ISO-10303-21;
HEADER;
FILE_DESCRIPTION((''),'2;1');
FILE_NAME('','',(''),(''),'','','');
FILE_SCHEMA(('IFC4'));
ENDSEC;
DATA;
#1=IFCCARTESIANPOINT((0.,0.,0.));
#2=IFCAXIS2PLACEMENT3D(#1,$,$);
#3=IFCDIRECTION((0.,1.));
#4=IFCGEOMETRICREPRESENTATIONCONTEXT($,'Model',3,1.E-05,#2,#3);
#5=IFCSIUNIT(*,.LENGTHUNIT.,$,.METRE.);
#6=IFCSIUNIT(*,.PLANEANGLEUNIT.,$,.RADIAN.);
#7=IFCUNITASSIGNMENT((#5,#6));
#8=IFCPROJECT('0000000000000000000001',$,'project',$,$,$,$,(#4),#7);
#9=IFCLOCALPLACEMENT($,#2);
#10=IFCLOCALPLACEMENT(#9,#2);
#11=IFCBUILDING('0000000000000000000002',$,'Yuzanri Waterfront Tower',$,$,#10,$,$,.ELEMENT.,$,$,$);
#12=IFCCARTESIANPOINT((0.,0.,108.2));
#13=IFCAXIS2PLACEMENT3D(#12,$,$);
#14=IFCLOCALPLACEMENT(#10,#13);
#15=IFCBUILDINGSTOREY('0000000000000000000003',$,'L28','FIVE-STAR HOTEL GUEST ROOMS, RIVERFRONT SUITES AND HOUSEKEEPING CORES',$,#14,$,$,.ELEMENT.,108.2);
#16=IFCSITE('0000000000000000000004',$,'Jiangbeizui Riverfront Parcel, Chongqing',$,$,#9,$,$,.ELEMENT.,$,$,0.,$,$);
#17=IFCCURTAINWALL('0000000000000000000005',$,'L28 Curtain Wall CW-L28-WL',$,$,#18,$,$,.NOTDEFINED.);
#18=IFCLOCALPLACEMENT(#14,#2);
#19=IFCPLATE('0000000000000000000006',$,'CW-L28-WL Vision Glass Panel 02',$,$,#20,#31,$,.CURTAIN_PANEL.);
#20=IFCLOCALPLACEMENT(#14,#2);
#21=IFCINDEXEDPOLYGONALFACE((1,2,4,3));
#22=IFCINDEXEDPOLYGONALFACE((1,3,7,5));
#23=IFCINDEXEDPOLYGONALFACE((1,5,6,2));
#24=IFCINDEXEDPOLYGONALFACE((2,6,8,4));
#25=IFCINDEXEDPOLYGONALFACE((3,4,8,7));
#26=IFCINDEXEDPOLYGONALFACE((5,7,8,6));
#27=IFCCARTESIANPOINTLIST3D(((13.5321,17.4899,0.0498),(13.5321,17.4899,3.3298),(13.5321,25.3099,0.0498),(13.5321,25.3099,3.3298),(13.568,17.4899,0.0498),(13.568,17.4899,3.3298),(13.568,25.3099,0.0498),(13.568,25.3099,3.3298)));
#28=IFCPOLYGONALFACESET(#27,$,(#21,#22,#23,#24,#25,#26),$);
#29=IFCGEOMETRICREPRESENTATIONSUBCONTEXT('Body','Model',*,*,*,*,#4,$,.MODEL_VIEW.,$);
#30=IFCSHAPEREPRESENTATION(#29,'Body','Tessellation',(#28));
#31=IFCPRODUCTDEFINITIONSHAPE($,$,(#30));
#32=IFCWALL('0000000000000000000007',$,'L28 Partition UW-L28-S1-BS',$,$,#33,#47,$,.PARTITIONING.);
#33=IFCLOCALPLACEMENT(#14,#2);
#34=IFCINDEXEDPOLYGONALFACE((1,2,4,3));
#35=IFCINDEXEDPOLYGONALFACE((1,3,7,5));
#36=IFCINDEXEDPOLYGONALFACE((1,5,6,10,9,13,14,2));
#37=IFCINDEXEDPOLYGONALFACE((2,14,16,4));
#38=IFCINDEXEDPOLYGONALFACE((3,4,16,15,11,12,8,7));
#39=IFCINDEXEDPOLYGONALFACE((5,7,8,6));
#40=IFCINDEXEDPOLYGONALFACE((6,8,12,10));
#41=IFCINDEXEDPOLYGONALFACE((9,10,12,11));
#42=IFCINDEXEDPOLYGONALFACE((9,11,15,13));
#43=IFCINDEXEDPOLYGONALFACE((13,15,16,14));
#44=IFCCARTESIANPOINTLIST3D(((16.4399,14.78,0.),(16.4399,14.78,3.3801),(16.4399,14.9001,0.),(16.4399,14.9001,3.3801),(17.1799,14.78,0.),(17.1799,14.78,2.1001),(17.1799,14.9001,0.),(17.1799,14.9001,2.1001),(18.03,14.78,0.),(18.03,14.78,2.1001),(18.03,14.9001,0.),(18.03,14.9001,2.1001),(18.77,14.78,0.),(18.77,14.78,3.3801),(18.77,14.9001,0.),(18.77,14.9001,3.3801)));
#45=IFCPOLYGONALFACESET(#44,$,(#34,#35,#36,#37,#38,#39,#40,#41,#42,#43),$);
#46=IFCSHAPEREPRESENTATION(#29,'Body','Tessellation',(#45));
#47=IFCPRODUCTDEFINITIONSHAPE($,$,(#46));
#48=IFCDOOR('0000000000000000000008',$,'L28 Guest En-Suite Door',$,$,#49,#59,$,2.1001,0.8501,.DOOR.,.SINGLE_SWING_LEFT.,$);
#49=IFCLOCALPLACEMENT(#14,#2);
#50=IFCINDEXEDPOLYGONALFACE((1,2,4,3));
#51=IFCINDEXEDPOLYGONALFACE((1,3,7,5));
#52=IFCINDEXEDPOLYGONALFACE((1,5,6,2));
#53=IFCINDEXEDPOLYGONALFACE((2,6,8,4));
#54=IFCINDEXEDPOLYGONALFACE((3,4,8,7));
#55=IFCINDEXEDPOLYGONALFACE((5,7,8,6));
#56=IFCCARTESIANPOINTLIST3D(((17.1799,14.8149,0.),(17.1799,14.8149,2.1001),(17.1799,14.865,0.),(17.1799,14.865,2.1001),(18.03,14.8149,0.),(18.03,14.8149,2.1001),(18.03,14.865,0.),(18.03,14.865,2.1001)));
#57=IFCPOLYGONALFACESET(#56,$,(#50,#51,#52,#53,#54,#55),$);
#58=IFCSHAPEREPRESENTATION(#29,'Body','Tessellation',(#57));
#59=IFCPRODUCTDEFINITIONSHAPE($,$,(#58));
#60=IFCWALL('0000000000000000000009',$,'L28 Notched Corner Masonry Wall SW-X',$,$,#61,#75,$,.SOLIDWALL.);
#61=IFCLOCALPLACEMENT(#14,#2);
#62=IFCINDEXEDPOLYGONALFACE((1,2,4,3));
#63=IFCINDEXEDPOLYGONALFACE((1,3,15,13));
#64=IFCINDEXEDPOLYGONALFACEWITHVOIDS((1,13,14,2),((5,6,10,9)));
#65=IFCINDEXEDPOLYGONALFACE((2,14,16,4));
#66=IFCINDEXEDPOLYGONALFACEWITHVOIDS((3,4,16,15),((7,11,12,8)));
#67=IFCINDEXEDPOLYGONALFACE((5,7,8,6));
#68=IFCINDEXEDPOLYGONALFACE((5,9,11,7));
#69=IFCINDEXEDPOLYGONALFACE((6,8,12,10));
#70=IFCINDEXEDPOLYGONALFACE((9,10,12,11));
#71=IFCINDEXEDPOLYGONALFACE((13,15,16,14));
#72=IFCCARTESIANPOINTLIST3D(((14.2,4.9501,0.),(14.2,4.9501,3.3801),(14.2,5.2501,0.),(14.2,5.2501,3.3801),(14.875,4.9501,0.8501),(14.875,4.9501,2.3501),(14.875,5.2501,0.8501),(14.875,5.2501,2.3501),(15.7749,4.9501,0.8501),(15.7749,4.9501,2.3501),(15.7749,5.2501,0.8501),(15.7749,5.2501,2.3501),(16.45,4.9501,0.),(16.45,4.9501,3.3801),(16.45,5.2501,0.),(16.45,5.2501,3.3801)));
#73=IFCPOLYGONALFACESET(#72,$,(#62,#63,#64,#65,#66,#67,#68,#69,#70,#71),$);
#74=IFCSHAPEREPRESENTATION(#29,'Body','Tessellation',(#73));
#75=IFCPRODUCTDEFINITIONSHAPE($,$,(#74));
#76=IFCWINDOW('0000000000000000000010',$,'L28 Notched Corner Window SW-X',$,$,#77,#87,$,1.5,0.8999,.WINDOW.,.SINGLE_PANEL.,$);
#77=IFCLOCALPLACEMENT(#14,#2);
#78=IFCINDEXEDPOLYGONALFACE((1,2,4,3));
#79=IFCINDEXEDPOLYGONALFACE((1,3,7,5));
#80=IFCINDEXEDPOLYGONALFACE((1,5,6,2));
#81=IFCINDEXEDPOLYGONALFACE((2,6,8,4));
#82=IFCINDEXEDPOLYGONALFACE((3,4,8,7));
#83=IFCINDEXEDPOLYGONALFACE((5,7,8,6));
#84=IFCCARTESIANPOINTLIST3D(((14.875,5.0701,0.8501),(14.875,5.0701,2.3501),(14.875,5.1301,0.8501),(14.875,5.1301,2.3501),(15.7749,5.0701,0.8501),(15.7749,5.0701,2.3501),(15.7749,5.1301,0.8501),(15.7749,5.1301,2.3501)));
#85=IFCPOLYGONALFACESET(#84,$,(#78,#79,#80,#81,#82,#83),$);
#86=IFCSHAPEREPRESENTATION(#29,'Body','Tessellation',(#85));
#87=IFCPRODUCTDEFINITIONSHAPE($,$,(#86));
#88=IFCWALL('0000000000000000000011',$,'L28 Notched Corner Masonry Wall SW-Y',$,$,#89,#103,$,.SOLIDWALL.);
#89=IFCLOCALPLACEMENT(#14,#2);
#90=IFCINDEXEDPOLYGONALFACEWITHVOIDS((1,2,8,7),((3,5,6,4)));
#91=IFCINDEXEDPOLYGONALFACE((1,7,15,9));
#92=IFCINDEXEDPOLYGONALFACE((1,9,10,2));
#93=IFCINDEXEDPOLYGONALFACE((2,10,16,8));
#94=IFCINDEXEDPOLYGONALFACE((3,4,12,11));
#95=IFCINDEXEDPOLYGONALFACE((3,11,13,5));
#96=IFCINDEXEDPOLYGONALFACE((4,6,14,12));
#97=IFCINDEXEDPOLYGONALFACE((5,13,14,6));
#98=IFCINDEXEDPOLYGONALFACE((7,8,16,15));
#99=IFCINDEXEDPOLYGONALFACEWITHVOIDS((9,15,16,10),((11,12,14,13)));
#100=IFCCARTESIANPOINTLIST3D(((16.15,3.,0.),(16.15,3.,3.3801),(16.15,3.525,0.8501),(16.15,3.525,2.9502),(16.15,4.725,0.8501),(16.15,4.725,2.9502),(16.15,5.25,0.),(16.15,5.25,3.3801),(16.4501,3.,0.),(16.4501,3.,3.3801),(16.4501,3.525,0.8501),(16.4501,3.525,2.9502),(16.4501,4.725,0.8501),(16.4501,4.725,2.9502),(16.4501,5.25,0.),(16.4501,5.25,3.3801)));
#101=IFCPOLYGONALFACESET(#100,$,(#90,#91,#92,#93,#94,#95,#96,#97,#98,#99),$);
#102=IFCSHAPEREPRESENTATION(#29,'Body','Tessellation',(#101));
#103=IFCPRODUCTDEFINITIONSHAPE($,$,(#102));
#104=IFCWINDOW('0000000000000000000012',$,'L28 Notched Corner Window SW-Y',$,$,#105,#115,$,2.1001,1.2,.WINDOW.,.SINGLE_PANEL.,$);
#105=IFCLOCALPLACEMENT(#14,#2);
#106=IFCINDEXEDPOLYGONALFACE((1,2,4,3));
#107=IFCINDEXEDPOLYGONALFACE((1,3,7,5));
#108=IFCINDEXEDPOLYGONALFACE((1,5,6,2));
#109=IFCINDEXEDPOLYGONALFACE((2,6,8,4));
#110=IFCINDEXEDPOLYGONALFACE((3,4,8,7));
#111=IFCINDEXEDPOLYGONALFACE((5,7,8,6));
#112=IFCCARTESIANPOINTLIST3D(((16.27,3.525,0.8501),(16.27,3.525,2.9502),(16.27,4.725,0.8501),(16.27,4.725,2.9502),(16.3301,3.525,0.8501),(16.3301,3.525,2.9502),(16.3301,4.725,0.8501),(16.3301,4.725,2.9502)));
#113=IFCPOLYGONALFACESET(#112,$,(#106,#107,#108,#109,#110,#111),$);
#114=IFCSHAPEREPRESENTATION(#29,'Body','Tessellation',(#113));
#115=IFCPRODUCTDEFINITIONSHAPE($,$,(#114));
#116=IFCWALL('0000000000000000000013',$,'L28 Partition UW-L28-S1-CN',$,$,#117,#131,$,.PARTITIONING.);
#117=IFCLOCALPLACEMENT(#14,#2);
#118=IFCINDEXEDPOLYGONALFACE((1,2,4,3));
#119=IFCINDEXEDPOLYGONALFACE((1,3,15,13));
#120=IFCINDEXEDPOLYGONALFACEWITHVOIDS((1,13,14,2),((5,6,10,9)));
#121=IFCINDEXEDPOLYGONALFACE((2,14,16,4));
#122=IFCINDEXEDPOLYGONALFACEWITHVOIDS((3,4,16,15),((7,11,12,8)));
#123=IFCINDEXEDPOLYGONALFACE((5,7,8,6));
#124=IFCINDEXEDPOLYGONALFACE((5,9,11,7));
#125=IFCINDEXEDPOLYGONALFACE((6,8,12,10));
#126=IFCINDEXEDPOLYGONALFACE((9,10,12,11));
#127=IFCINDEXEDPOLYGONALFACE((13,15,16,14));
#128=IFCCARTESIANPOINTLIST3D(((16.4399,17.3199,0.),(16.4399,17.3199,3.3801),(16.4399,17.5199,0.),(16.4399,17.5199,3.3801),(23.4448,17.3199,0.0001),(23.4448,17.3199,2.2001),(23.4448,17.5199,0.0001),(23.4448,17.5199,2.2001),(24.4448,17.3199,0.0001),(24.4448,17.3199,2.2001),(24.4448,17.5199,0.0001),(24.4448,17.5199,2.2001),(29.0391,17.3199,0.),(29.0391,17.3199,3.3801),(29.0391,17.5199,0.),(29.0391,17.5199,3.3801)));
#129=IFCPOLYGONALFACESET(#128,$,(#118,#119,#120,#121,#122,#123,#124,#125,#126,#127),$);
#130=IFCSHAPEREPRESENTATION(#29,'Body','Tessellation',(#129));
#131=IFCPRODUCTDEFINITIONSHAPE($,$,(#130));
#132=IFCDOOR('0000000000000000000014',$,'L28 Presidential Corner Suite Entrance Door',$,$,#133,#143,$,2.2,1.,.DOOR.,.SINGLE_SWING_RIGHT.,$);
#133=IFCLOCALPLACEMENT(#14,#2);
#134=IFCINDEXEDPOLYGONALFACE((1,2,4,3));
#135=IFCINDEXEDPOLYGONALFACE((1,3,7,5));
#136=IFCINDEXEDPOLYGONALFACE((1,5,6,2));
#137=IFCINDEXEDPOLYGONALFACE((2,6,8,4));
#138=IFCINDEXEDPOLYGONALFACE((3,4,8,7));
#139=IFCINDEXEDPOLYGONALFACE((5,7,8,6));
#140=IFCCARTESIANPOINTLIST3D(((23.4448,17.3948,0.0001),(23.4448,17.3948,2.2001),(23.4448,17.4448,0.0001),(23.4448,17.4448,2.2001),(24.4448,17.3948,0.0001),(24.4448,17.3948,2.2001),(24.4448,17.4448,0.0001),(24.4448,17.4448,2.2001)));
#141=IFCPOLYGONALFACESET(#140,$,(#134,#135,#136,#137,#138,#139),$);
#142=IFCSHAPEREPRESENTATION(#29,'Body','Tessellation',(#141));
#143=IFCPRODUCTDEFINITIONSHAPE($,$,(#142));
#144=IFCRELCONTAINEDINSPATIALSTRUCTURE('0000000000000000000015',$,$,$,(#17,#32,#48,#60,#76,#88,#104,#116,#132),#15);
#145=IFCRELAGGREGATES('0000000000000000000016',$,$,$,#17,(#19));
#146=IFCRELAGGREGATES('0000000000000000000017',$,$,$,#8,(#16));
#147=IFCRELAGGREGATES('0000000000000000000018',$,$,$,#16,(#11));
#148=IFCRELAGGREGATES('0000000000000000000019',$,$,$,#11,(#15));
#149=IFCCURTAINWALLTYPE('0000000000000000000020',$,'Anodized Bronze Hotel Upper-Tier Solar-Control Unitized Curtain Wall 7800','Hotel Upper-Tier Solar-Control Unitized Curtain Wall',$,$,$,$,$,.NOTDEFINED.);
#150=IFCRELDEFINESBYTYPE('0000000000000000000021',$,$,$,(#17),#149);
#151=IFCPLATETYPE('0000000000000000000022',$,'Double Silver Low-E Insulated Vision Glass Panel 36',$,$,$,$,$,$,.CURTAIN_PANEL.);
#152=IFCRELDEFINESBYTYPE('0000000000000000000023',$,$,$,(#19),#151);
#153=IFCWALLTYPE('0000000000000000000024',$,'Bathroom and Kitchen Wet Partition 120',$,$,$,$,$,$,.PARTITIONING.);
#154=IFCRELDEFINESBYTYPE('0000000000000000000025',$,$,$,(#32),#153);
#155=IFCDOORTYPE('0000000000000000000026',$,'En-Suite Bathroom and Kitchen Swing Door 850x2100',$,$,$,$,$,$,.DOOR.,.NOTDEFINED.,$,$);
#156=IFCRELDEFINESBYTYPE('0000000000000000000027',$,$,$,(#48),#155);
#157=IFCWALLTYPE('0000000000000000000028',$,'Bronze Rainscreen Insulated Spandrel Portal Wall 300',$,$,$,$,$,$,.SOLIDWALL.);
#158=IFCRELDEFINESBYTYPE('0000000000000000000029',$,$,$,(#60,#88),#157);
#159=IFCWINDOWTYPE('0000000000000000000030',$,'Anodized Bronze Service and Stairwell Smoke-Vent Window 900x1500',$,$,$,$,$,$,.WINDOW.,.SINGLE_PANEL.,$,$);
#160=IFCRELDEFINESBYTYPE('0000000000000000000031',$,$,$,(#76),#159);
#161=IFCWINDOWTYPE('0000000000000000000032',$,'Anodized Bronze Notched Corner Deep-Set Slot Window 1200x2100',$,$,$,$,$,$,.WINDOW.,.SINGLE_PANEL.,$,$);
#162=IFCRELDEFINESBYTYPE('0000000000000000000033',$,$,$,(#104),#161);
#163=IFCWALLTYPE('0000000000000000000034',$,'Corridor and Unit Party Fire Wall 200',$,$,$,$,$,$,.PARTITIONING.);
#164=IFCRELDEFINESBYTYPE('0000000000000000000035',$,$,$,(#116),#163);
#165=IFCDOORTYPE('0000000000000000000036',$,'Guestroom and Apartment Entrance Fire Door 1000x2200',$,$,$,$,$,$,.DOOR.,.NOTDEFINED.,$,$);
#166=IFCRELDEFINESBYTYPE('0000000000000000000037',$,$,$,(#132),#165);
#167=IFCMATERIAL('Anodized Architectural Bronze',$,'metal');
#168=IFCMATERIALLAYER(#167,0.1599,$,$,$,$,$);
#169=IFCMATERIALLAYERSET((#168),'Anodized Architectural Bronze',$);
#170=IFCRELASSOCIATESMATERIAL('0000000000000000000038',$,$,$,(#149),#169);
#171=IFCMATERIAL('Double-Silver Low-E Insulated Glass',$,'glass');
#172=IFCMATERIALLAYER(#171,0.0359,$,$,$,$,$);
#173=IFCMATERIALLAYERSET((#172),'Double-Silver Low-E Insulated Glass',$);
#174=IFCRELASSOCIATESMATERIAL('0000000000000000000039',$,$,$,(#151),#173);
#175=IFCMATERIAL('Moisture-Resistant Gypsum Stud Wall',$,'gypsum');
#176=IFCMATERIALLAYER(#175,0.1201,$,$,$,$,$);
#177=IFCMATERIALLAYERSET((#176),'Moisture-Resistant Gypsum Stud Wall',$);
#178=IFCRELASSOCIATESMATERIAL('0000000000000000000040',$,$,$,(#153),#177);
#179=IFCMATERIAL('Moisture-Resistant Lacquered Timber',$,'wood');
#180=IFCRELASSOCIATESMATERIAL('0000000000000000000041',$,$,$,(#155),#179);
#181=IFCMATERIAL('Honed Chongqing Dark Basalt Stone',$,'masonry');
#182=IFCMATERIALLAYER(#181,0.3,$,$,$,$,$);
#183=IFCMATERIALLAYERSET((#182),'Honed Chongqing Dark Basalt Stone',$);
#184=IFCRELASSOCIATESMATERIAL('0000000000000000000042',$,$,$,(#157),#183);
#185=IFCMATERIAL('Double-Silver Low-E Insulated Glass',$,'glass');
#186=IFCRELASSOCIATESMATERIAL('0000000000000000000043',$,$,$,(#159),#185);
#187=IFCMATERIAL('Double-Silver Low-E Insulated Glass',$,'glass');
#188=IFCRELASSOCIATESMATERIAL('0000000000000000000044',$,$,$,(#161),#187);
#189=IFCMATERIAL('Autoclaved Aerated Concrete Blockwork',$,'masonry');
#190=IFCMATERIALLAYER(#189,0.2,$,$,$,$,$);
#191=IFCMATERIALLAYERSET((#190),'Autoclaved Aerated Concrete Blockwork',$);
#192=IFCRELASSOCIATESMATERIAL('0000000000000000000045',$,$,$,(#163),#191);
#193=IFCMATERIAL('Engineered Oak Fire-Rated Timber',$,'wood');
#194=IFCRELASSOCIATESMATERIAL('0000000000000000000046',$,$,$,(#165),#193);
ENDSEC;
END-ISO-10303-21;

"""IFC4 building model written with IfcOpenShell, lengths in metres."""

from ifc_helpers import new_model, si_unit, direction, frame, frame_2d, origin, origin_2d, place, context, subcontext, project, spatial, rectangle, extrude, source, transform, mapped, material, layer, layer_set, type_object, element, fill, aggregate, save


model = new_model("IFC4")

# Units and contexts
model_context = context("Model", 3, precision=1e-05, world=origin(), true_north=direction((0.0, 1.0)))
body_context = subcontext(model_context, "Body", "Model", "MODEL_VIEW")
ifc_project = project(units=[si_unit("LENGTHUNIT", "METRE"), si_unit("PLANEANGLEUNIT", "RADIAN")], contexts=[model_context])

# Site, building, storey
site_placement = place(None, origin())
site = spatial("IfcSite", under=ifc_project, at=site_placement, Name="Jiangbeizui Riverfront Parcel, Chongqing", CompositionType="ELEMENT", RefElevation=0.0)
building_placement = place(site_placement, origin())
building = spatial("IfcBuilding", under=site, at=building_placement, Name="Yuzanri Waterfront Tower", CompositionType="ELEMENT")
storey_placement = place(building_placement, frame((0.0, 0.0, 108.2)))
storey = spatial("IfcBuildingStorey", under=building, at=storey_placement, Name="L28", Description="FIVE-STAR HOTEL GUEST ROOMS, RIVERFRONT SUITES AND HOUSEKEEPING CORES", CompositionType="ELEMENT", Elevation=108.2)

# Shared definitions
ifc_material_1 = material(Name="Anodized Architectural Bronze", Category="metal")
ifc_layer_1 = layer(ifc_material_1, 0.1599)
ifc_layer_set_1 = layer_set([ifc_layer_1], Name="Anodized Architectural Bronze")
curtain_wall_type = type_object("IfcCurtainWallType", Name="Anodized Bronze Hotel Upper-Tier Solar-Control Unitized Curtain Wall 7800", Description="Hotel Upper-Tier Solar-Control Unitized Curtain Wall", PredefinedType="NOTDEFINED", material=ifc_layer_set_1)

# Curtain wall, plate
curtain_wall_1_placement = place(storey_placement, origin())
curtain_wall_1 = element("IfcCurtainWall", 1, at=curtain_wall_1_placement, inside=storey, type_object=curtain_wall_type, Name="L28 Curtain Wall CW-L28-WL", PredefinedType="NOTDEFINED")
ifc_material_2 = material(Name="Double-Silver Low-E Insulated Glass", Category="glass")
ifc_layer_2 = layer(ifc_material_2, 0.0359)
ifc_layer_set_2 = layer_set([ifc_layer_2], Name="Double-Silver Low-E Insulated Glass")
plate_type_1 = type_object("IfcPlateType", Name="Double Silver Low-E Insulated Vision Glass Panel 36", PredefinedType="CURTAIN_PANEL", material=ifc_layer_set_2)
shared_shape_1 = source(origin(), body_context, "Body", "SweptSolid", [
    extrude(rectangle(XDim=7.8201, YDim=0.0359, at=origin_2d()), origin(), (0.0, 0.0, 1.0), 3.28),
])
plate_1_placement = place(storey_placement, frame((13.55, 21.3999, 0.0498), z_axis=(0.0, 0.0, 1.0), x_axis=(0.0, 1.0, 0.0)))
plate_1 = element("IfcPlate", 2, at=plate_1_placement, type_object=plate_type_1, Name="CW-L28-WL Vision Glass Panel 02", PredefinedType="CURTAIN_PANEL", context=body_context, shape_type="MappedRepresentation", body=[
    mapped(shared_shape_1, transform((0.0, 0.0, 0.0), scale=1.0)),
])
aggregate(curtain_wall_1, [plate_1])

# Wall, opening, door
ifc_material_3 = material(Name="Moisture-Resistant Gypsum Stud Wall", Category="gypsum")
ifc_layer_3 = layer(ifc_material_3, 0.1201)
ifc_layer_set_3 = layer_set([ifc_layer_3], Name="Moisture-Resistant Gypsum Stud Wall")
wall_type_1 = type_object("IfcWallType", Name="Bathroom and Kitchen Wet Partition 120", PredefinedType="PARTITIONING", material=ifc_layer_set_3)
wall_1_placement = place(storey_placement, frame((16.4399, 14.8401, 0.0), z_axis=(0.0, 0.0, 1.0), x_axis=(1.0, 0.0, 0.0)))
wall_1 = element("IfcWall", 3, at=wall_1_placement, inside=storey, type_object=wall_type_1, Name="L28 Partition UW-L28-S1-BS", PredefinedType="PARTITIONING", context=body_context, shape_type="SweptSolid", body=[
    extrude(rectangle(XDim=2.3301, YDim=0.1201, at=frame_2d((1.165, 0.0))), origin(), (0.0, 0.0, 1.0), 3.3801),
])
opening_1_placement = place(wall_1_placement, frame((0.74, 0.0, 0.0)))
opening_1 = element("IfcOpeningElement", 4, at=opening_1_placement, cuts=wall_1, PredefinedType="OPENING", context=body_context, shape_type="SweptSolid", body=[
    extrude(rectangle(XDim=0.8501, YDim=2.1001, at=frame_2d((0.425, 1.05))), frame((0.0, 0.075, 0.0), z_axis=(0.0, -1.0, 0.0), x_axis=(1.0, 0.0, 0.0)), (0.0, 0.0, 1.0), 0.1499),
])
ifc_material_4 = material(Name="Moisture-Resistant Lacquered Timber", Category="wood")
door_type_1 = type_object("IfcDoorType", Name="En-Suite Bathroom and Kitchen Swing Door 850x2100", OperationType="NOTDEFINED", PredefinedType="DOOR", material=ifc_material_4)
shared_shape_2 = source(origin(), body_context, "Body", "SweptSolid", [
    extrude(rectangle(XDim=0.8501, YDim=2.1001, at=frame_2d((0.425, 1.05))), frame((0.0, 0.0249, 0.0), z_axis=(0.0, -1.0, 0.0), x_axis=(1.0, 0.0, 0.0)), (0.0, 0.0, 1.0), 0.05),
])
door_1_placement = place(opening_1_placement, origin())
door_1 = element("IfcDoor", 5, at=door_1_placement, inside=storey, type_object=door_type_1, Name="L28 Guest En-Suite Door", OperationType="SINGLE_SWING_LEFT", OverallHeight=2.1001, OverallWidth=0.8501, PredefinedType="DOOR", context=body_context, shape_type="MappedRepresentation", body=[
    mapped(shared_shape_2, transform((0.0, 0.0, 0.0), scale=1.0)),
])
fill(opening_1, door_1)

# Walls, openings, windows
ifc_material_5 = material(Name="Honed Chongqing Dark Basalt Stone", Category="masonry")
ifc_layer_4 = layer(ifc_material_5, 0.3)
ifc_layer_set_4 = layer_set([ifc_layer_4], Name="Honed Chongqing Dark Basalt Stone")
wall_type_2 = type_object("IfcWallType", Name="Bronze Rainscreen Insulated Spandrel Portal Wall 300", PredefinedType="SOLIDWALL", material=ifc_layer_set_4)
wall_2_placement = place(storey_placement, frame((14.2, 5.1001, 0.0), z_axis=(0.0, 0.0, 1.0), x_axis=(1.0, 0.0, 0.0)))
wall_2 = element("IfcWall", 6, at=wall_2_placement, inside=storey, type_object=wall_type_2, Name="L28 Notched Corner Masonry Wall SW-X", PredefinedType="SOLIDWALL", context=body_context, shape_type="SweptSolid", body=[
    extrude(rectangle(XDim=2.25, YDim=0.3, at=frame_2d((1.125, 0.0))), origin(), (0.0, 0.0, 1.0), 3.3801),
])
opening_2_placement = place(wall_2_placement, frame((0.675, 0.0, 0.8501)))
opening_2 = element("IfcOpeningElement", 7, at=opening_2_placement, cuts=wall_2, PredefinedType="OPENING", context=body_context, shape_type="SweptSolid", body=[
    extrude(rectangle(XDim=0.8999, YDim=1.5, at=frame_2d((0.45, 0.75))), frame((0.0, 0.165, 0.0), z_axis=(0.0, -1.0, 0.0), x_axis=(1.0, 0.0, 0.0)), (0.0, 0.0, 1.0), 0.3298),
])
ifc_material_6 = material(Name="Double-Silver Low-E Insulated Glass", Category="glass")
window_type_1 = type_object("IfcWindowType", Name="Anodized Bronze Service and Stairwell Smoke-Vent Window 900x1500", PartitioningType="SINGLE_PANEL", PredefinedType="WINDOW", material=ifc_material_6)
shared_shape_3 = source(origin(), body_context, "Body", "SweptSolid", [
    extrude(rectangle(XDim=0.8999, YDim=1.5, at=frame_2d((0.45, 0.75))), frame((0.0, 0.03, 0.0), z_axis=(0.0, -1.0, 0.0), x_axis=(1.0, 0.0, 0.0)), (0.0, 0.0, 1.0), 0.0601),
])
window_1_placement = place(opening_2_placement, origin())
window_1 = element("IfcWindow", 8, at=window_1_placement, inside=storey, type_object=window_type_1, Name="L28 Notched Corner Window SW-X", OverallHeight=1.5, OverallWidth=0.8999, PartitioningType="SINGLE_PANEL", PredefinedType="WINDOW", context=body_context, shape_type="MappedRepresentation", body=[
    mapped(shared_shape_3, transform((0.0, 0.0, 0.0), scale=1.0)),
])
fill(opening_2, window_1)
wall_3_placement = place(storey_placement, frame((16.3, 5.25, 0.0), z_axis=(0.0, 0.0, 1.0), x_axis=(0.0, -1.0, 0.0)))
wall_3 = element("IfcWall", 9, at=wall_3_placement, inside=storey, type_object=wall_type_2, Name="L28 Notched Corner Masonry Wall SW-Y", PredefinedType="SOLIDWALL", context=body_context, shape_type="SweptSolid", body=[
    extrude(rectangle(XDim=2.25, YDim=0.3, at=frame_2d((1.125, 0.0))), origin(), (0.0, 0.0, 1.0), 3.3801),
])
opening_3_placement = place(wall_3_placement, frame((0.5249, 0.0, 0.8501)))
opening_3 = element("IfcOpeningElement", 10, at=opening_3_placement, cuts=wall_3, PredefinedType="OPENING", context=body_context, shape_type="SweptSolid", body=[
    extrude(rectangle(XDim=1.2, YDim=2.1001, at=frame_2d((0.6001, 1.05))), frame((0.0, 0.165, 0.0), z_axis=(0.0, -1.0, 0.0), x_axis=(1.0, 0.0, 0.0)), (0.0, 0.0, 1.0), 0.3298),
])
ifc_material_7 = material(Name="Double-Silver Low-E Insulated Glass", Category="glass")
window_type_2 = type_object("IfcWindowType", Name="Anodized Bronze Notched Corner Deep-Set Slot Window 1200x2100", PartitioningType="SINGLE_PANEL", PredefinedType="WINDOW", material=ifc_material_7)
shared_shape_4 = source(origin(), body_context, "Body", "SweptSolid", [
    extrude(rectangle(XDim=1.2, YDim=2.1001, at=frame_2d((0.6001, 1.05))), frame((0.0, 0.03, 0.0), z_axis=(0.0, -1.0, 0.0), x_axis=(1.0, 0.0, 0.0)), (0.0, 0.0, 1.0), 0.0601),
])
window_2_placement = place(opening_3_placement, origin())
window_2 = element("IfcWindow", 11, at=window_2_placement, inside=storey, type_object=window_type_2, Name="L28 Notched Corner Window SW-Y", OverallHeight=2.1001, OverallWidth=1.2, PartitioningType="SINGLE_PANEL", PredefinedType="WINDOW", context=body_context, shape_type="MappedRepresentation", body=[
    mapped(shared_shape_4, transform((0.0, 0.0, 0.0), scale=1.0)),
])
fill(opening_3, window_2)

# Wall, opening, door
ifc_material_8 = material(Name="Autoclaved Aerated Concrete Blockwork", Category="masonry")
ifc_layer_5 = layer(ifc_material_8, 0.2)
ifc_layer_set_5 = layer_set([ifc_layer_5], Name="Autoclaved Aerated Concrete Blockwork")
wall_type_3 = type_object("IfcWallType", Name="Corridor and Unit Party Fire Wall 200", PredefinedType="PARTITIONING", material=ifc_layer_set_5)
wall_4_placement = place(storey_placement, frame((16.4399, 17.4199, 0.0), z_axis=(0.0, 0.0, 1.0), x_axis=(1.0, 0.0, 0.0)))
wall_4 = element("IfcWall", 12, at=wall_4_placement, inside=storey, type_object=wall_type_3, Name="L28 Partition UW-L28-S1-CN", PredefinedType="PARTITIONING", context=body_context, shape_type="SweptSolid", body=[
    extrude(rectangle(XDim=12.5991, YDim=0.2, at=frame_2d((6.2996, 0.0))), origin(), (0.0, 0.0, 1.0), 3.3801),
])
opening_4_placement = place(wall_4_placement, frame((7.0049, 0.0, 0.0)))
opening_4 = element("IfcOpeningElement", 13, at=opening_4_placement, cuts=wall_4, PredefinedType="OPENING", context=body_context, shape_type="SweptSolid", body=[
    extrude(rectangle(XDim=1.0, YDim=2.2, at=frame_2d((0.5, 1.1001))), frame((0.0, 0.1147, 0.0), z_axis=(0.0, -1.0, 0.0), x_axis=(1.0, 0.0, 0.0)), (0.0, 0.0, 1.0), 0.2297),
])
ifc_material_9 = material(Name="Engineered Oak Fire-Rated Timber", Category="wood")
door_type_2 = type_object("IfcDoorType", Name="Guestroom and Apartment Entrance Fire Door 1000x2200", OperationType="NOTDEFINED", PredefinedType="DOOR", material=ifc_material_9)
shared_shape_5 = source(origin(), body_context, "Body", "SweptSolid", [
    extrude(rectangle(XDim=1.0, YDim=2.2, at=frame_2d((0.5, 1.1001))), frame((0.0, 0.0249, 0.0), z_axis=(0.0, -1.0, 0.0), x_axis=(1.0, 0.0, 0.0)), (0.0, 0.0, 1.0), 0.05),
])
door_2_placement = place(opening_4_placement, origin())
door_2 = element("IfcDoor", 14, at=door_2_placement, inside=storey, type_object=door_type_2, Name="L28 Presidential Corner Suite Entrance Door", OperationType="SINGLE_SWING_RIGHT", OverallHeight=2.2, OverallWidth=1.0, PredefinedType="DOOR", context=body_context, shape_type="MappedRepresentation", body=[
    mapped(shared_shape_5, transform((0.0, 0.0, 0.0), scale=1.0)),
])
fill(opening_4, door_2)

save(model, "model.ifc")
